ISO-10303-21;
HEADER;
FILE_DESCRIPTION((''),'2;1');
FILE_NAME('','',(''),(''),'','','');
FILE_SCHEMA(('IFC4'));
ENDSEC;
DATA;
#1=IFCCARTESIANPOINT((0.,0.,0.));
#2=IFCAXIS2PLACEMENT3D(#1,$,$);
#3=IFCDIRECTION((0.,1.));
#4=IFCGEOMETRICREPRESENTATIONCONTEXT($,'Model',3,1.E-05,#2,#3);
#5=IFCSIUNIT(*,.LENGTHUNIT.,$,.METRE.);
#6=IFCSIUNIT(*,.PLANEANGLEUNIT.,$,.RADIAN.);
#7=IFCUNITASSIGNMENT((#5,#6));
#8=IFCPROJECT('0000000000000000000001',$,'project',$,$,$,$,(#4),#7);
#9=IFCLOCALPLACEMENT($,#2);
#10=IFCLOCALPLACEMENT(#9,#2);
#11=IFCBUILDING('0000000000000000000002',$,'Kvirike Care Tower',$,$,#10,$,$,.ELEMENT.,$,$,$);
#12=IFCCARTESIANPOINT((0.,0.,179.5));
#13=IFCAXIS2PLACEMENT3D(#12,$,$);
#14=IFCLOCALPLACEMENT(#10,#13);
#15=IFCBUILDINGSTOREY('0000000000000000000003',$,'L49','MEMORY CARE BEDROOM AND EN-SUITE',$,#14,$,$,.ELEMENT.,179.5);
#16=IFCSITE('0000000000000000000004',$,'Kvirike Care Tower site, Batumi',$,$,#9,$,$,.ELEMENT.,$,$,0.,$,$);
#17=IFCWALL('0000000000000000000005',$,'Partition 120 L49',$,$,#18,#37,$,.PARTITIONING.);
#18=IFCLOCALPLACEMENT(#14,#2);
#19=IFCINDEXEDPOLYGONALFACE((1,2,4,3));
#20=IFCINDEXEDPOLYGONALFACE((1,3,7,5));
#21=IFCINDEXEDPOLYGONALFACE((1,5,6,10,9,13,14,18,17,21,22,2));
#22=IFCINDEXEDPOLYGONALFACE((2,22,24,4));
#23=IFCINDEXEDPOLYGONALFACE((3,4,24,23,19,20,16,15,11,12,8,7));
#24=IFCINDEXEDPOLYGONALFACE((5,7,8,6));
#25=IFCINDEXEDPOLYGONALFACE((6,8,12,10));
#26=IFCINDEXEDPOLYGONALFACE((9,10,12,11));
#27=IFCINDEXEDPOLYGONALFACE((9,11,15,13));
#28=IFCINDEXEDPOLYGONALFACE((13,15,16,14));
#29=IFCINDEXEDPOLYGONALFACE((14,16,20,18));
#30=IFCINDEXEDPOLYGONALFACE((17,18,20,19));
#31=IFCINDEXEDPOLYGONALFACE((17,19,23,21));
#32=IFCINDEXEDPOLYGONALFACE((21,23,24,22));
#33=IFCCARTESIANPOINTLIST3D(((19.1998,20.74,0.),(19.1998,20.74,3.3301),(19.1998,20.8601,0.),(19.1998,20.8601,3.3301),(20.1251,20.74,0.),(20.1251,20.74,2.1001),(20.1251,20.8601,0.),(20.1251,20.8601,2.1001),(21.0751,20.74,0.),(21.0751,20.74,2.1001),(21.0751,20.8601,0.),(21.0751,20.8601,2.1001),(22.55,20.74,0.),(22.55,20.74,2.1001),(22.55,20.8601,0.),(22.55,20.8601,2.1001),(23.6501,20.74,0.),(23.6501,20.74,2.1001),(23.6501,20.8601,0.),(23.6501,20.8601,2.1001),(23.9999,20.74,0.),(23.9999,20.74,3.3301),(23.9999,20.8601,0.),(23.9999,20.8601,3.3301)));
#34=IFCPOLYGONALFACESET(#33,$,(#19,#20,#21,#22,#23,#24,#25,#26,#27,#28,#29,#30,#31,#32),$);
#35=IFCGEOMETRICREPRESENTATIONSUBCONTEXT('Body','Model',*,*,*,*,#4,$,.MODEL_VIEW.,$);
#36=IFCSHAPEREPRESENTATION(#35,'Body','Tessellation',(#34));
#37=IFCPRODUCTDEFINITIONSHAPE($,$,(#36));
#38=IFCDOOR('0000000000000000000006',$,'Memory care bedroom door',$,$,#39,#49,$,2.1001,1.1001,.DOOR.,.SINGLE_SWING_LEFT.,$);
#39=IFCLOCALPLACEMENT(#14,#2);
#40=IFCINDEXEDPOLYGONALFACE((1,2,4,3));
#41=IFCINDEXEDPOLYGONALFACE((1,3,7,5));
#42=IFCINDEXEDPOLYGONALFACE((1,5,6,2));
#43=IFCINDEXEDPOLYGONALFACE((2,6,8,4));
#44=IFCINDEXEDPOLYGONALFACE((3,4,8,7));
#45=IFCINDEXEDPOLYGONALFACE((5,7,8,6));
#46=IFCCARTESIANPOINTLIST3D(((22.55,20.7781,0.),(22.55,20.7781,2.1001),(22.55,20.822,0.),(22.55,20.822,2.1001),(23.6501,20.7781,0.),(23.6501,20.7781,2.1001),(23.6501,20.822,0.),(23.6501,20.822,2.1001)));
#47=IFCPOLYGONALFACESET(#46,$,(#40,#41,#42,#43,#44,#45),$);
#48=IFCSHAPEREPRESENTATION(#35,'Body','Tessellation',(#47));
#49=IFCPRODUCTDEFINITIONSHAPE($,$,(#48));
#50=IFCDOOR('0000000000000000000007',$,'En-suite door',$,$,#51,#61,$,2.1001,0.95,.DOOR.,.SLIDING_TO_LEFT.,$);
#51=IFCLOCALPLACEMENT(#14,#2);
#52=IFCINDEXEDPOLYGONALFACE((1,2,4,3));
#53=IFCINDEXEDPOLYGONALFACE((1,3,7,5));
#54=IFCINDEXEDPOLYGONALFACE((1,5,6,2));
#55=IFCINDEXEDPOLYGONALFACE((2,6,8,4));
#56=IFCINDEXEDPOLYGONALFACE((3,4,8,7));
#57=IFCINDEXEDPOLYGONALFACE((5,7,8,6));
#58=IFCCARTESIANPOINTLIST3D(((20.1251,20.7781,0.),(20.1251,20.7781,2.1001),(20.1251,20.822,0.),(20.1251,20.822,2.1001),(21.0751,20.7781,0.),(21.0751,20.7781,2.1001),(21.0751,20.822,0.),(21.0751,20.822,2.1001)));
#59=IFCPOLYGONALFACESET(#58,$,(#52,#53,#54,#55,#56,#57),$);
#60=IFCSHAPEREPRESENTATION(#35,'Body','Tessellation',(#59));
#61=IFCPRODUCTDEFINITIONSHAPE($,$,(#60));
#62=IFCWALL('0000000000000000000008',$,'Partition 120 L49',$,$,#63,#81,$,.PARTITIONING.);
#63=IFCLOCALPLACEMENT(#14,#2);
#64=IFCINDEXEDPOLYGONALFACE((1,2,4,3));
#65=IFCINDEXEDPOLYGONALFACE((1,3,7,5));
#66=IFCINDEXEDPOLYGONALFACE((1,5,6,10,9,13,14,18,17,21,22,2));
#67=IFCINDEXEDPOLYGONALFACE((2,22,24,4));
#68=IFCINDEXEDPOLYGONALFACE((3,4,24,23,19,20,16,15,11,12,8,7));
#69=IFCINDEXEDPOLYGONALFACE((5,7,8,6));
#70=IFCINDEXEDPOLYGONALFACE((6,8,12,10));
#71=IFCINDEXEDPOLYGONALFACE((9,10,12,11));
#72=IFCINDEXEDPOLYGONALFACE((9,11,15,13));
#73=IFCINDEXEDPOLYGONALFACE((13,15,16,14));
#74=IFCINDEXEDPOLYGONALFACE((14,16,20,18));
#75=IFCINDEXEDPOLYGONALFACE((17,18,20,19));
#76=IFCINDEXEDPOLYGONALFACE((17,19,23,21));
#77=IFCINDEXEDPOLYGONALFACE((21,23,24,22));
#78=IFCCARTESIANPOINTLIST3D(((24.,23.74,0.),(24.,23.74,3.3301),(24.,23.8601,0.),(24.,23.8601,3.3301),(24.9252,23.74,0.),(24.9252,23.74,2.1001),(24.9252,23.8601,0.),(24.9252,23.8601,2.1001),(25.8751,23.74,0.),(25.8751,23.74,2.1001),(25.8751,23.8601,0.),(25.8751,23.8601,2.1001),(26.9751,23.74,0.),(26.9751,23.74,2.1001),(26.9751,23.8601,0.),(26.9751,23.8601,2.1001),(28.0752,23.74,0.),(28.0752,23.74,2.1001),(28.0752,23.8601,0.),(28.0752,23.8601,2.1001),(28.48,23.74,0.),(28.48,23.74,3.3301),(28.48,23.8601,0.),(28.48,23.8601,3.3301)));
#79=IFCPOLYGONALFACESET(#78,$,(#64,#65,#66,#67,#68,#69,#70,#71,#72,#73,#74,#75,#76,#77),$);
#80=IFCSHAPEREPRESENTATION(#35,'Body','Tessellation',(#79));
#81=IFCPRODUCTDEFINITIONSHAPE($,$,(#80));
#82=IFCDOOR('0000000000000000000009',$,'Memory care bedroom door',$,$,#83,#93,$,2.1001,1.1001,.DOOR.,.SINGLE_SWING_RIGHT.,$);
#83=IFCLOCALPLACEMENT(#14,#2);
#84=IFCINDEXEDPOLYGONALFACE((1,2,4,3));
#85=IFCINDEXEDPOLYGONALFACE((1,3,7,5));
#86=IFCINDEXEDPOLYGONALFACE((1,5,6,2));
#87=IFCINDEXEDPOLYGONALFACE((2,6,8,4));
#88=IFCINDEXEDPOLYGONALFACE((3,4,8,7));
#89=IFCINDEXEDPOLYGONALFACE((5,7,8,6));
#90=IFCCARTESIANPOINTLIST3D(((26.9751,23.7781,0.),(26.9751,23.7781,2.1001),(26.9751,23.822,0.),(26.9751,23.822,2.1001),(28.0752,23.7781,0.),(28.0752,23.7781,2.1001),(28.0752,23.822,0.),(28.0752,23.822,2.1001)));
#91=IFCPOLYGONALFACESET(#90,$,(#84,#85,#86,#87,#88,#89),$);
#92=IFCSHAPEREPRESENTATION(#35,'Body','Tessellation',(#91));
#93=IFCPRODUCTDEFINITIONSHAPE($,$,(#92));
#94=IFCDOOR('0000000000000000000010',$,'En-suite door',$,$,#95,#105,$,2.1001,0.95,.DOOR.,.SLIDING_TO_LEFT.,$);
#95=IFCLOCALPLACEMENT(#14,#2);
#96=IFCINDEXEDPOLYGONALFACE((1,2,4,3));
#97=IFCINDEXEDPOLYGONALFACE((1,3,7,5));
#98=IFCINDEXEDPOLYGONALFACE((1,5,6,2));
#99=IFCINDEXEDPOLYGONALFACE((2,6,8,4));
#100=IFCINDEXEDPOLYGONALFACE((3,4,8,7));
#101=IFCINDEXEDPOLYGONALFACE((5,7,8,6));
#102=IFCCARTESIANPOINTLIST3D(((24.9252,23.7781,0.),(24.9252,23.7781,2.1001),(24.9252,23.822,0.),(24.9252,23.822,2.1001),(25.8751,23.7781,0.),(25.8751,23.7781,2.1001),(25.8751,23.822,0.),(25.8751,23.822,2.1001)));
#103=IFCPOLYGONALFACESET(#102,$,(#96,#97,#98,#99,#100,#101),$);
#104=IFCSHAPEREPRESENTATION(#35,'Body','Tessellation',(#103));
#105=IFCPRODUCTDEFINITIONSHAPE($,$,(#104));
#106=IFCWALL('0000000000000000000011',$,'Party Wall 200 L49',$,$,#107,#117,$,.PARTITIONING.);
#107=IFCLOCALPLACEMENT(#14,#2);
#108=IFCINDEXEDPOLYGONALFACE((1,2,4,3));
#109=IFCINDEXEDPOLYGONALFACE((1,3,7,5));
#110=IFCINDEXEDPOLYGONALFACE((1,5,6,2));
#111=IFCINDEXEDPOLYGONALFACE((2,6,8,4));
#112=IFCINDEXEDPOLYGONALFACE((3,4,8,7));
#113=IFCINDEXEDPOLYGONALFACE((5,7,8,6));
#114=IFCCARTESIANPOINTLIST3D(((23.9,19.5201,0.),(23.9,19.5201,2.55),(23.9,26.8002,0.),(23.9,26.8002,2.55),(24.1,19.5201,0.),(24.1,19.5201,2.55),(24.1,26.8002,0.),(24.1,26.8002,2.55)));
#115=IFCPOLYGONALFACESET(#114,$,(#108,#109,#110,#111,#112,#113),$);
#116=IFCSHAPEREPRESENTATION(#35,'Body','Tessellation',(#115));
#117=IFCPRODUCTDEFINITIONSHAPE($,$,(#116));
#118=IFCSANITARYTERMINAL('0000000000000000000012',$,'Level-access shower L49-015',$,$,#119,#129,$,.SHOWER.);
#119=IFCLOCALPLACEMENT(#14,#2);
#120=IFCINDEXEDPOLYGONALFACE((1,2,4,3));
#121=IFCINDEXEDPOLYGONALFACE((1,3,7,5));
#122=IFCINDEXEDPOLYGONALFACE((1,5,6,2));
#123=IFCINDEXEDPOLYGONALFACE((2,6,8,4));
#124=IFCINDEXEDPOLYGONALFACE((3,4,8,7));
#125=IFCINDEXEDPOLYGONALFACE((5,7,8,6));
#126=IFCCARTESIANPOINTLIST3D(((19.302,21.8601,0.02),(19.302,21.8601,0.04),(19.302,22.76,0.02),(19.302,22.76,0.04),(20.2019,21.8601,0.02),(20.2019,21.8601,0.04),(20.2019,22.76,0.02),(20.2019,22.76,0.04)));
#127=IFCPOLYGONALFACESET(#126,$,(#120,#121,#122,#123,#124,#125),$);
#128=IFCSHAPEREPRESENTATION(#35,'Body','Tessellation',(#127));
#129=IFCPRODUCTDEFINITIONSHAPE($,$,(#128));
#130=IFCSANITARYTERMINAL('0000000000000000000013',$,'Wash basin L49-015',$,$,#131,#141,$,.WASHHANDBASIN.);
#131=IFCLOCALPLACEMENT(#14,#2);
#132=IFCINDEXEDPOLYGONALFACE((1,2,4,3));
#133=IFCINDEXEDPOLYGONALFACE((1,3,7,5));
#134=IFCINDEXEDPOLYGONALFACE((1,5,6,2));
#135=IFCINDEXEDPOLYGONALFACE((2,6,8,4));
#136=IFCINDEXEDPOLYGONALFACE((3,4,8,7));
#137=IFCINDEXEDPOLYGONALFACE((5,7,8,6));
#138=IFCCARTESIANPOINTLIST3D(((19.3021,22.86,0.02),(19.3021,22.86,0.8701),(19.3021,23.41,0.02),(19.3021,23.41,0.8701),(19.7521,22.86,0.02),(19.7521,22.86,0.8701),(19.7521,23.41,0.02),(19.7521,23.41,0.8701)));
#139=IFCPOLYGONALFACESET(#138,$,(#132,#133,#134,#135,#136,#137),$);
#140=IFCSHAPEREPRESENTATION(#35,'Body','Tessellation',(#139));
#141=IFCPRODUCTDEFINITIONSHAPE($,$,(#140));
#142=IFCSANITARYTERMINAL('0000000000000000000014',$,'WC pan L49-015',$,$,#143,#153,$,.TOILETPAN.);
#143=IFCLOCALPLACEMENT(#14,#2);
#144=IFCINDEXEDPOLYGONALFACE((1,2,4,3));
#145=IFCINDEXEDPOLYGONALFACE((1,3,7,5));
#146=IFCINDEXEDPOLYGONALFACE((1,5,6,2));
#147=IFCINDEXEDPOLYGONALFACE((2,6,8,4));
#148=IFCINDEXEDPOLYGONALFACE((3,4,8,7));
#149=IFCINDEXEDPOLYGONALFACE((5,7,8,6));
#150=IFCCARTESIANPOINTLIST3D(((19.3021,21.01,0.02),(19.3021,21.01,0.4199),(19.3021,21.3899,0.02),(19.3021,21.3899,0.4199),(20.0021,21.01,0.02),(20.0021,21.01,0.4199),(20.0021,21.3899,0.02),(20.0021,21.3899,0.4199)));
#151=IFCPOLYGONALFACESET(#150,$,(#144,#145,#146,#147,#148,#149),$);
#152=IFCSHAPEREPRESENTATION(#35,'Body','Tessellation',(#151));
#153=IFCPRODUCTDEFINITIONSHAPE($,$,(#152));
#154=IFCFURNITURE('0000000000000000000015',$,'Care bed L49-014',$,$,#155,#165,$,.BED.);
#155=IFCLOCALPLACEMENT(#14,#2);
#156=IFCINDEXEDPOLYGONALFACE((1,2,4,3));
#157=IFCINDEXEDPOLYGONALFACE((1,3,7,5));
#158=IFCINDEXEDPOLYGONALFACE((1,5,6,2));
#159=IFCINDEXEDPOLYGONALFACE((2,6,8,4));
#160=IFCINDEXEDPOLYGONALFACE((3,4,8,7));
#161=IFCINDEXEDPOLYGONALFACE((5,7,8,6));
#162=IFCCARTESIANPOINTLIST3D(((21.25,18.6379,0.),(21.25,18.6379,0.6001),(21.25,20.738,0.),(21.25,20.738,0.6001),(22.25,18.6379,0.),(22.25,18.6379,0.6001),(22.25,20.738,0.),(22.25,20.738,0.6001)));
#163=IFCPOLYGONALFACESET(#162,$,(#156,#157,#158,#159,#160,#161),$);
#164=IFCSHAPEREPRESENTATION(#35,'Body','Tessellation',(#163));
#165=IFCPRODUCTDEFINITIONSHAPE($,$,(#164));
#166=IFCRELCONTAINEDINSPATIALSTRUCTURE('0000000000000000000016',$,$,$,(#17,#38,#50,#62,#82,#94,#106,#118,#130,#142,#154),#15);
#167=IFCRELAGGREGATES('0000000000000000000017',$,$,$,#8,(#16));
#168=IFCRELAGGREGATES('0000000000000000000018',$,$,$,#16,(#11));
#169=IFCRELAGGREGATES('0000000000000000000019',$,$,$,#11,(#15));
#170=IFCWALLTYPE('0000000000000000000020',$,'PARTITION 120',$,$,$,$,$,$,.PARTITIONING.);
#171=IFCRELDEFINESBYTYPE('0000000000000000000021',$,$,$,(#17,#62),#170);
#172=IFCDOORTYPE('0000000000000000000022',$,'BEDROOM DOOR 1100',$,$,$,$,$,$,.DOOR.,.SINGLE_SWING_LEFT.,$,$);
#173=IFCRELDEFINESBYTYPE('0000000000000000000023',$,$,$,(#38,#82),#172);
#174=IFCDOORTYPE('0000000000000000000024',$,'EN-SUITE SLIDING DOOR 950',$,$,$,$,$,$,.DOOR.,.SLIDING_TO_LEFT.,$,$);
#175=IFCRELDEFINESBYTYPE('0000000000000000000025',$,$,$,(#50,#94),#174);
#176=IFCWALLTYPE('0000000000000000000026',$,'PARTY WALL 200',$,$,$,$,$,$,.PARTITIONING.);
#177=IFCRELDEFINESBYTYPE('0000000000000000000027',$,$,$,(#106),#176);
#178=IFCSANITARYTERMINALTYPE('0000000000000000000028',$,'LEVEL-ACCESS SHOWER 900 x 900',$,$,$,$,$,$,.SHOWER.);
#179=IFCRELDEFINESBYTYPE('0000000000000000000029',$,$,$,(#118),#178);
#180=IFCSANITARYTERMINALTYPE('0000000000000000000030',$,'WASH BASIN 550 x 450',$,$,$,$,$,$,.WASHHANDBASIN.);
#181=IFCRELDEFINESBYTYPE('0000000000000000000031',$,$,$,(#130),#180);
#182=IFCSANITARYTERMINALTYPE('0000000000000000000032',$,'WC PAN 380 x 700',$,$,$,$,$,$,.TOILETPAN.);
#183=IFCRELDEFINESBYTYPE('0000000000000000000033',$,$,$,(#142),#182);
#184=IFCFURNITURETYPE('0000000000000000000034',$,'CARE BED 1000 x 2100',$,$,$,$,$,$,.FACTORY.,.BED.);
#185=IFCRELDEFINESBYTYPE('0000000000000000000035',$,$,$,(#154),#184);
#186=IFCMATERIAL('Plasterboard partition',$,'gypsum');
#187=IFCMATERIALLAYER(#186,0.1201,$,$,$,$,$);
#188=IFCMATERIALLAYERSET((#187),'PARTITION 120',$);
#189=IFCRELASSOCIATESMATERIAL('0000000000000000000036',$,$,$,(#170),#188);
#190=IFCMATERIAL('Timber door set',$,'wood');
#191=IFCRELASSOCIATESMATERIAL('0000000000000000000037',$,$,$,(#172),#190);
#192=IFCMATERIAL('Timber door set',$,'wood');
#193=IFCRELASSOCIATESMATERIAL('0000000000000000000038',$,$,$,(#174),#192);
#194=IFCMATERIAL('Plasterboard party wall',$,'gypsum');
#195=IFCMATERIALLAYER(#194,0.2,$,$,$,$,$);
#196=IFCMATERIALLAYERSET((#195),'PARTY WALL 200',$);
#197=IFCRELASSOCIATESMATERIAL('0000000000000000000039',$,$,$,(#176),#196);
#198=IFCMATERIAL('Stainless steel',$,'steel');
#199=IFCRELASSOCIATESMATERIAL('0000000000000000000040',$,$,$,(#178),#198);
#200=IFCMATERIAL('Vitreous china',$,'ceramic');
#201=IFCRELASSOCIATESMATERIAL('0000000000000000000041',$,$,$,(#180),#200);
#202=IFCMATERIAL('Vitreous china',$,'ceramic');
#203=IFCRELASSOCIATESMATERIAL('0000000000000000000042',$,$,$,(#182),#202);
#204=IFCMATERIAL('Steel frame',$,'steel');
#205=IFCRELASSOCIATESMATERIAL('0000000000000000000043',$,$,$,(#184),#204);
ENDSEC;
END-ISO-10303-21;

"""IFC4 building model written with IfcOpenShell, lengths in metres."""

from ifc_helpers import new_model, si_unit, direction, frame, frame_2d, origin, origin_2d, place, context, subcontext, project, spatial, rectangle, extrude, material, layer, layer_set, type_object, element, fill, save


model = new_model("IFC4")

# Units and contexts
model_context = context("Model", 3, precision=1e-05, world=origin(), true_north=direction((0.0, 1.0)))
body_context = subcontext(model_context, "Body", "Model", "MODEL_VIEW")
ifc_project = project(units=[si_unit("LENGTHUNIT", "METRE"), si_unit("PLANEANGLEUNIT", "RADIAN")], contexts=[model_context])

# Site, building, storey
site_placement = place(None, origin())
site = spatial("IfcSite", under=ifc_project, at=site_placement, Name="Kvirike Care Tower site, Batumi", CompositionType="ELEMENT", RefElevation=0.0)
building_placement = place(site_placement, origin())
building = spatial("IfcBuilding", under=site, at=building_placement, Name="Kvirike Care Tower", CompositionType="ELEMENT")
storey_placement = place(building_placement, frame((0.0, 0.0, 179.5)))
storey = spatial("IfcBuildingStorey", under=building, at=storey_placement, Name="L49", Description="MEMORY CARE BEDROOM AND EN-SUITE", CompositionType="ELEMENT", Elevation=179.5)

# Walls, openings, doors
ifc_material_1 = material(Name="Plasterboard partition", Category="gypsum")
ifc_layer_1 = layer(ifc_material_1, 0.1201)
ifc_layer_set_1 = layer_set([ifc_layer_1], Name="PARTITION 120")
wall_type_1 = type_object("IfcWallType", Name="PARTITION 120", PredefinedType="PARTITIONING", material=ifc_layer_set_1)
wall_1_placement = place(storey_placement, frame((19.2, 20.8, 0.0), z_axis=(0.0, 0.0, 1.0), x_axis=(1.0, 0.0, 0.0)))
wall_1 = element("IfcWall", 1, at=wall_1_placement, inside=storey, type_object=wall_type_1, Name="Partition 120 L49", PredefinedType="PARTITIONING", context=body_context, shape_type="SweptSolid", body=[
    extrude(rectangle(XDim=4.8, YDim=0.1201, at=frame_2d((2.3999, 0.0))), origin(), (0.0, 0.0, 1.0), 3.3301),
])
opening_1_placement = place(wall_1_placement, frame((3.3501, 0.0, 0.0)))
opening_1 = element("IfcOpeningElement", 2, at=opening_1_placement, cuts=wall_1, PredefinedType="OPENING", context=body_context, shape_type="SweptSolid", body=[
    extrude(rectangle(XDim=1.1001, YDim=2.1001, at=frame_2d((0.55, 1.05))), frame((0.0, 0.0706, 0.0), z_axis=(0.0, -1.0, 0.0), x_axis=(1.0, 0.0, 0.0)), (0.0, 0.0, 1.0), 0.1411),
])
opening_2_placement = place(wall_1_placement, frame((0.925, 0.0, 0.0)))
opening_2 = element("IfcOpeningElement", 3, at=opening_2_placement, cuts=wall_1, PredefinedType="OPENING", context=body_context, shape_type="SweptSolid", body=[
    extrude(rectangle(XDim=0.95, YDim=2.1001, at=frame_2d((0.4751, 1.05))), frame((0.0, 0.0706, 0.0), z_axis=(0.0, -1.0, 0.0), x_axis=(1.0, 0.0, 0.0)), (0.0, 0.0, 1.0), 0.1411),
])
ifc_material_2 = material(Name="Timber door set", Category="wood")
door_type_1 = type_object("IfcDoorType", Name="BEDROOM DOOR 1100", OperationType="SINGLE_SWING_LEFT", PredefinedType="DOOR", material=ifc_material_2)
door_1_placement = place(opening_1_placement, origin())
door_1 = element("IfcDoor", 4, at=door_1_placement, inside=storey, type_object=door_type_1, Name="Memory care bedroom door", OperationType="SINGLE_SWING_LEFT", OverallHeight=2.1001, OverallWidth=1.1001, PredefinedType="DOOR", context=body_context, shape_type="SweptSolid", body=[
    extrude(rectangle(XDim=1.1001, YDim=2.1001, at=frame_2d((0.55, 1.05))), frame((0.0, 0.022, 0.0), z_axis=(0.0, -1.0, 0.0), x_axis=(1.0, 0.0, 0.0)), (0.0, 0.0, 1.0), 0.0439),
])
fill(opening_1, door_1)
ifc_material_3 = material(Name="Timber door set", Category="wood")
door_type_2 = type_object("IfcDoorType", Name="EN-SUITE SLIDING DOOR 950", OperationType="SLIDING_TO_LEFT", PredefinedType="DOOR", material=ifc_material_3)
door_2_placement = place(opening_2_placement, origin())
door_2 = element("IfcDoor", 5, at=door_2_placement, inside=storey, type_object=door_type_2, Name="En-suite door", OperationType="SLIDING_TO_LEFT", OverallHeight=2.1001, OverallWidth=0.95, PredefinedType="DOOR", context=body_context, shape_type="SweptSolid", body=[
    extrude(rectangle(XDim=0.95, YDim=2.1001, at=frame_2d((0.4751, 1.05))), frame((0.0, 0.022, 0.0), z_axis=(0.0, -1.0, 0.0), x_axis=(1.0, 0.0, 0.0)), (0.0, 0.0, 1.0), 0.0439),
])
fill(opening_2, door_2)
wall_2_placement = place(storey_placement, frame((24.0, 23.8, 0.0), z_axis=(0.0, 0.0, 1.0), x_axis=(1.0, 0.0, 0.0)))
wall_2 = element("IfcWall", 6, at=wall_2_placement, inside=storey, type_object=wall_type_1, Name="Partition 120 L49", PredefinedType="PARTITIONING", context=body_context, shape_type="SweptSolid", body=[
    extrude(rectangle(XDim=4.48, YDim=0.1201, at=frame_2d((2.24, 0.0))), origin(), (0.0, 0.0, 1.0), 3.3301),
])
opening_3_placement = place(wall_2_placement, frame((2.9751, 0.0, 0.0)))
opening_3 = element("IfcOpeningElement", 7, at=opening_3_placement, cuts=wall_2, PredefinedType="OPENING", context=body_context, shape_type="SweptSolid", body=[
    extrude(rectangle(XDim=1.1001, YDim=2.1001, at=frame_2d((0.55, 1.05))), frame((0.0, 0.0706, 0.0), z_axis=(0.0, -1.0, 0.0), x_axis=(1.0, 0.0, 0.0)), (0.0, 0.0, 1.0), 0.1411),
])
opening_4_placement = place(wall_2_placement, frame((0.925, 0.0, 0.0)))
opening_4 = element("IfcOpeningElement", 8, at=opening_4_placement, cuts=wall_2, PredefinedType="OPENING", context=body_context, shape_type="SweptSolid", body=[
    extrude(rectangle(XDim=0.95, YDim=2.1001, at=frame_2d((0.4751, 1.05))), frame((0.0, 0.0706, 0.0), z_axis=(0.0, -1.0, 0.0), x_axis=(1.0, 0.0, 0.0)), (0.0, 0.0, 1.0), 0.1411),
])
door_3_placement = place(opening_3_placement, origin())
door_3 = element("IfcDoor", 9, at=door_3_placement, inside=storey, type_object=door_type_1, Name="Memory care bedroom door", OperationType="SINGLE_SWING_RIGHT", OverallHeight=2.1001, OverallWidth=1.1001, PredefinedType="DOOR", context=body_context, shape_type="SweptSolid", body=[
    extrude(rectangle(XDim=1.1001, YDim=2.1001, at=frame_2d((0.55, 1.05))), frame((0.0, 0.022, 0.0), z_axis=(0.0, -1.0, 0.0), x_axis=(1.0, 0.0, 0.0)), (0.0, 0.0, 1.0), 0.0439),
])
fill(opening_3, door_3)
door_4_placement = place(opening_4_placement, origin())
door_4 = element("IfcDoor", 10, at=door_4_placement, inside=storey, type_object=door_type_2, Name="En-suite door", OperationType="SLIDING_TO_LEFT", OverallHeight=2.1001, OverallWidth=0.95, PredefinedType="DOOR", context=body_context, shape_type="SweptSolid", body=[
    extrude(rectangle(XDim=0.95, YDim=2.1001, at=frame_2d((0.4751, 1.05))), frame((0.0, 0.022, 0.0), z_axis=(0.0, -1.0, 0.0), x_axis=(1.0, 0.0, 0.0)), (0.0, 0.0, 1.0), 0.0439),
])
fill(opening_4, door_4)

# Wall
ifc_material_4 = material(Name="Plasterboard party wall", Category="gypsum")
ifc_layer_2 = layer(ifc_material_4, 0.2)
ifc_layer_set_2 = layer_set([ifc_layer_2], Name="PARTY WALL 200")
wall_type_2 = type_object("IfcWallType", Name="PARTY WALL 200", PredefinedType="PARTITIONING", material=ifc_layer_set_2)
wall_3_placement = place(storey_placement, frame((24.0, 19.52, 0.0), z_axis=(0.0, 0.0, 1.0), x_axis=(0.0, 1.0, 0.0)))
element("IfcWall", 11, at=wall_3_placement, inside=storey, type_object=wall_type_2, Name="Party Wall 200 L49", PredefinedType="PARTITIONING", context=body_context, shape_type="SweptSolid", body=[
    extrude(rectangle(XDim=7.28, YDim=0.2, at=frame_2d((3.6401, 0.0))), origin(), (0.0, 0.0, 1.0), 2.55),
])

# Sanitary terminals
ifc_material_5 = material(Name="Stainless steel", Category="steel")
sanitary_terminal_type_1 = type_object("IfcSanitaryTerminalType", Name="LEVEL-ACCESS SHOWER 900 x 900", PredefinedType="SHOWER", material=ifc_material_5)
sanitary_terminal_1_placement = place(storey_placement, frame((19.752, 22.3101, 0.02), z_axis=(0.0, 0.0, 1.0), x_axis=(0.0, 1.0, 0.0)))
element("IfcSanitaryTerminal", 12, at=sanitary_terminal_1_placement, inside=storey, type_object=sanitary_terminal_type_1, Name="Level-access shower L49-015", PredefinedType="SHOWER", context=body_context, shape_type="SweptSolid", body=[
    extrude(rectangle(XDim=0.8999, YDim=0.8999, at=origin_2d()), origin(), (0.0, 0.0, 1.0), 0.02),
])
ifc_material_6 = material(Name="Vitreous china", Category="ceramic")
sanitary_terminal_type_2 = type_object("IfcSanitaryTerminalType", Name="WASH BASIN 550 x 450", PredefinedType="WASHHANDBASIN", material=ifc_material_6)
sanitary_terminal_2_placement = place(storey_placement, frame((19.5271, 23.135, 0.02), z_axis=(0.0, 0.0, 1.0), x_axis=(0.0, 1.0, 0.0)))
element("IfcSanitaryTerminal", 13, at=sanitary_terminal_2_placement, inside=storey, type_object=sanitary_terminal_type_2, Name="Wash basin L49-015", PredefinedType="WASHHANDBASIN", context=body_context, shape_type="SweptSolid", body=[
    extrude(rectangle(XDim=0.55, YDim=0.45, at=origin_2d()), origin(), (0.0, 0.0, 1.0), 0.8501),
])
ifc_material_7 = material(Name="Vitreous china", Category="ceramic")
sanitary_terminal_type_3 = type_object("IfcSanitaryTerminalType", Name="WC PAN 380 x 700", PredefinedType="TOILETPAN", material=ifc_material_7)
sanitary_terminal_3_placement = place(storey_placement, frame((19.6521, 21.2, 0.02), z_axis=(0.0, 0.0, 1.0), x_axis=(0.0, 1.0, 0.0)))
element("IfcSanitaryTerminal", 14, at=sanitary_terminal_3_placement, inside=storey, type_object=sanitary_terminal_type_3, Name="WC pan L49-015", PredefinedType="TOILETPAN", context=body_context, shape_type="SweptSolid", body=[
    extrude(rectangle(XDim=0.3799, YDim=0.7, at=origin_2d()), origin(), (0.0, 0.0, 1.0), 0.3999),
])

# Furniture
ifc_material_8 = material(Name="Steel frame", Category="steel")
furniture_type = type_object("IfcFurnitureType", Name="CARE BED 1000 x 2100", AssemblyPlace="FACTORY", PredefinedType="BED", material=ifc_material_8)
for number, where, z_axis, x_axis, name in (
    (15, (21.75, 19.688, 0.0), (0.0, 0.0, 1.0), (1.0, 0.0, 0.0), "Care bed L49-014"),
):
    element("IfcFurniture", number, at=place(storey_placement, frame(where, z_axis=z_axis, x_axis=x_axis)), inside=storey, type_object=furniture_type, Name=name, PredefinedType="BED", context=body_context, shape_type="SweptSolid", body=[
        extrude(rectangle(XDim=1.0, YDim=2.1001, at=origin_2d()), origin(), (0.0, 0.0, 1.0), 0.6001),
    ])

save(model, "model.ifc")
